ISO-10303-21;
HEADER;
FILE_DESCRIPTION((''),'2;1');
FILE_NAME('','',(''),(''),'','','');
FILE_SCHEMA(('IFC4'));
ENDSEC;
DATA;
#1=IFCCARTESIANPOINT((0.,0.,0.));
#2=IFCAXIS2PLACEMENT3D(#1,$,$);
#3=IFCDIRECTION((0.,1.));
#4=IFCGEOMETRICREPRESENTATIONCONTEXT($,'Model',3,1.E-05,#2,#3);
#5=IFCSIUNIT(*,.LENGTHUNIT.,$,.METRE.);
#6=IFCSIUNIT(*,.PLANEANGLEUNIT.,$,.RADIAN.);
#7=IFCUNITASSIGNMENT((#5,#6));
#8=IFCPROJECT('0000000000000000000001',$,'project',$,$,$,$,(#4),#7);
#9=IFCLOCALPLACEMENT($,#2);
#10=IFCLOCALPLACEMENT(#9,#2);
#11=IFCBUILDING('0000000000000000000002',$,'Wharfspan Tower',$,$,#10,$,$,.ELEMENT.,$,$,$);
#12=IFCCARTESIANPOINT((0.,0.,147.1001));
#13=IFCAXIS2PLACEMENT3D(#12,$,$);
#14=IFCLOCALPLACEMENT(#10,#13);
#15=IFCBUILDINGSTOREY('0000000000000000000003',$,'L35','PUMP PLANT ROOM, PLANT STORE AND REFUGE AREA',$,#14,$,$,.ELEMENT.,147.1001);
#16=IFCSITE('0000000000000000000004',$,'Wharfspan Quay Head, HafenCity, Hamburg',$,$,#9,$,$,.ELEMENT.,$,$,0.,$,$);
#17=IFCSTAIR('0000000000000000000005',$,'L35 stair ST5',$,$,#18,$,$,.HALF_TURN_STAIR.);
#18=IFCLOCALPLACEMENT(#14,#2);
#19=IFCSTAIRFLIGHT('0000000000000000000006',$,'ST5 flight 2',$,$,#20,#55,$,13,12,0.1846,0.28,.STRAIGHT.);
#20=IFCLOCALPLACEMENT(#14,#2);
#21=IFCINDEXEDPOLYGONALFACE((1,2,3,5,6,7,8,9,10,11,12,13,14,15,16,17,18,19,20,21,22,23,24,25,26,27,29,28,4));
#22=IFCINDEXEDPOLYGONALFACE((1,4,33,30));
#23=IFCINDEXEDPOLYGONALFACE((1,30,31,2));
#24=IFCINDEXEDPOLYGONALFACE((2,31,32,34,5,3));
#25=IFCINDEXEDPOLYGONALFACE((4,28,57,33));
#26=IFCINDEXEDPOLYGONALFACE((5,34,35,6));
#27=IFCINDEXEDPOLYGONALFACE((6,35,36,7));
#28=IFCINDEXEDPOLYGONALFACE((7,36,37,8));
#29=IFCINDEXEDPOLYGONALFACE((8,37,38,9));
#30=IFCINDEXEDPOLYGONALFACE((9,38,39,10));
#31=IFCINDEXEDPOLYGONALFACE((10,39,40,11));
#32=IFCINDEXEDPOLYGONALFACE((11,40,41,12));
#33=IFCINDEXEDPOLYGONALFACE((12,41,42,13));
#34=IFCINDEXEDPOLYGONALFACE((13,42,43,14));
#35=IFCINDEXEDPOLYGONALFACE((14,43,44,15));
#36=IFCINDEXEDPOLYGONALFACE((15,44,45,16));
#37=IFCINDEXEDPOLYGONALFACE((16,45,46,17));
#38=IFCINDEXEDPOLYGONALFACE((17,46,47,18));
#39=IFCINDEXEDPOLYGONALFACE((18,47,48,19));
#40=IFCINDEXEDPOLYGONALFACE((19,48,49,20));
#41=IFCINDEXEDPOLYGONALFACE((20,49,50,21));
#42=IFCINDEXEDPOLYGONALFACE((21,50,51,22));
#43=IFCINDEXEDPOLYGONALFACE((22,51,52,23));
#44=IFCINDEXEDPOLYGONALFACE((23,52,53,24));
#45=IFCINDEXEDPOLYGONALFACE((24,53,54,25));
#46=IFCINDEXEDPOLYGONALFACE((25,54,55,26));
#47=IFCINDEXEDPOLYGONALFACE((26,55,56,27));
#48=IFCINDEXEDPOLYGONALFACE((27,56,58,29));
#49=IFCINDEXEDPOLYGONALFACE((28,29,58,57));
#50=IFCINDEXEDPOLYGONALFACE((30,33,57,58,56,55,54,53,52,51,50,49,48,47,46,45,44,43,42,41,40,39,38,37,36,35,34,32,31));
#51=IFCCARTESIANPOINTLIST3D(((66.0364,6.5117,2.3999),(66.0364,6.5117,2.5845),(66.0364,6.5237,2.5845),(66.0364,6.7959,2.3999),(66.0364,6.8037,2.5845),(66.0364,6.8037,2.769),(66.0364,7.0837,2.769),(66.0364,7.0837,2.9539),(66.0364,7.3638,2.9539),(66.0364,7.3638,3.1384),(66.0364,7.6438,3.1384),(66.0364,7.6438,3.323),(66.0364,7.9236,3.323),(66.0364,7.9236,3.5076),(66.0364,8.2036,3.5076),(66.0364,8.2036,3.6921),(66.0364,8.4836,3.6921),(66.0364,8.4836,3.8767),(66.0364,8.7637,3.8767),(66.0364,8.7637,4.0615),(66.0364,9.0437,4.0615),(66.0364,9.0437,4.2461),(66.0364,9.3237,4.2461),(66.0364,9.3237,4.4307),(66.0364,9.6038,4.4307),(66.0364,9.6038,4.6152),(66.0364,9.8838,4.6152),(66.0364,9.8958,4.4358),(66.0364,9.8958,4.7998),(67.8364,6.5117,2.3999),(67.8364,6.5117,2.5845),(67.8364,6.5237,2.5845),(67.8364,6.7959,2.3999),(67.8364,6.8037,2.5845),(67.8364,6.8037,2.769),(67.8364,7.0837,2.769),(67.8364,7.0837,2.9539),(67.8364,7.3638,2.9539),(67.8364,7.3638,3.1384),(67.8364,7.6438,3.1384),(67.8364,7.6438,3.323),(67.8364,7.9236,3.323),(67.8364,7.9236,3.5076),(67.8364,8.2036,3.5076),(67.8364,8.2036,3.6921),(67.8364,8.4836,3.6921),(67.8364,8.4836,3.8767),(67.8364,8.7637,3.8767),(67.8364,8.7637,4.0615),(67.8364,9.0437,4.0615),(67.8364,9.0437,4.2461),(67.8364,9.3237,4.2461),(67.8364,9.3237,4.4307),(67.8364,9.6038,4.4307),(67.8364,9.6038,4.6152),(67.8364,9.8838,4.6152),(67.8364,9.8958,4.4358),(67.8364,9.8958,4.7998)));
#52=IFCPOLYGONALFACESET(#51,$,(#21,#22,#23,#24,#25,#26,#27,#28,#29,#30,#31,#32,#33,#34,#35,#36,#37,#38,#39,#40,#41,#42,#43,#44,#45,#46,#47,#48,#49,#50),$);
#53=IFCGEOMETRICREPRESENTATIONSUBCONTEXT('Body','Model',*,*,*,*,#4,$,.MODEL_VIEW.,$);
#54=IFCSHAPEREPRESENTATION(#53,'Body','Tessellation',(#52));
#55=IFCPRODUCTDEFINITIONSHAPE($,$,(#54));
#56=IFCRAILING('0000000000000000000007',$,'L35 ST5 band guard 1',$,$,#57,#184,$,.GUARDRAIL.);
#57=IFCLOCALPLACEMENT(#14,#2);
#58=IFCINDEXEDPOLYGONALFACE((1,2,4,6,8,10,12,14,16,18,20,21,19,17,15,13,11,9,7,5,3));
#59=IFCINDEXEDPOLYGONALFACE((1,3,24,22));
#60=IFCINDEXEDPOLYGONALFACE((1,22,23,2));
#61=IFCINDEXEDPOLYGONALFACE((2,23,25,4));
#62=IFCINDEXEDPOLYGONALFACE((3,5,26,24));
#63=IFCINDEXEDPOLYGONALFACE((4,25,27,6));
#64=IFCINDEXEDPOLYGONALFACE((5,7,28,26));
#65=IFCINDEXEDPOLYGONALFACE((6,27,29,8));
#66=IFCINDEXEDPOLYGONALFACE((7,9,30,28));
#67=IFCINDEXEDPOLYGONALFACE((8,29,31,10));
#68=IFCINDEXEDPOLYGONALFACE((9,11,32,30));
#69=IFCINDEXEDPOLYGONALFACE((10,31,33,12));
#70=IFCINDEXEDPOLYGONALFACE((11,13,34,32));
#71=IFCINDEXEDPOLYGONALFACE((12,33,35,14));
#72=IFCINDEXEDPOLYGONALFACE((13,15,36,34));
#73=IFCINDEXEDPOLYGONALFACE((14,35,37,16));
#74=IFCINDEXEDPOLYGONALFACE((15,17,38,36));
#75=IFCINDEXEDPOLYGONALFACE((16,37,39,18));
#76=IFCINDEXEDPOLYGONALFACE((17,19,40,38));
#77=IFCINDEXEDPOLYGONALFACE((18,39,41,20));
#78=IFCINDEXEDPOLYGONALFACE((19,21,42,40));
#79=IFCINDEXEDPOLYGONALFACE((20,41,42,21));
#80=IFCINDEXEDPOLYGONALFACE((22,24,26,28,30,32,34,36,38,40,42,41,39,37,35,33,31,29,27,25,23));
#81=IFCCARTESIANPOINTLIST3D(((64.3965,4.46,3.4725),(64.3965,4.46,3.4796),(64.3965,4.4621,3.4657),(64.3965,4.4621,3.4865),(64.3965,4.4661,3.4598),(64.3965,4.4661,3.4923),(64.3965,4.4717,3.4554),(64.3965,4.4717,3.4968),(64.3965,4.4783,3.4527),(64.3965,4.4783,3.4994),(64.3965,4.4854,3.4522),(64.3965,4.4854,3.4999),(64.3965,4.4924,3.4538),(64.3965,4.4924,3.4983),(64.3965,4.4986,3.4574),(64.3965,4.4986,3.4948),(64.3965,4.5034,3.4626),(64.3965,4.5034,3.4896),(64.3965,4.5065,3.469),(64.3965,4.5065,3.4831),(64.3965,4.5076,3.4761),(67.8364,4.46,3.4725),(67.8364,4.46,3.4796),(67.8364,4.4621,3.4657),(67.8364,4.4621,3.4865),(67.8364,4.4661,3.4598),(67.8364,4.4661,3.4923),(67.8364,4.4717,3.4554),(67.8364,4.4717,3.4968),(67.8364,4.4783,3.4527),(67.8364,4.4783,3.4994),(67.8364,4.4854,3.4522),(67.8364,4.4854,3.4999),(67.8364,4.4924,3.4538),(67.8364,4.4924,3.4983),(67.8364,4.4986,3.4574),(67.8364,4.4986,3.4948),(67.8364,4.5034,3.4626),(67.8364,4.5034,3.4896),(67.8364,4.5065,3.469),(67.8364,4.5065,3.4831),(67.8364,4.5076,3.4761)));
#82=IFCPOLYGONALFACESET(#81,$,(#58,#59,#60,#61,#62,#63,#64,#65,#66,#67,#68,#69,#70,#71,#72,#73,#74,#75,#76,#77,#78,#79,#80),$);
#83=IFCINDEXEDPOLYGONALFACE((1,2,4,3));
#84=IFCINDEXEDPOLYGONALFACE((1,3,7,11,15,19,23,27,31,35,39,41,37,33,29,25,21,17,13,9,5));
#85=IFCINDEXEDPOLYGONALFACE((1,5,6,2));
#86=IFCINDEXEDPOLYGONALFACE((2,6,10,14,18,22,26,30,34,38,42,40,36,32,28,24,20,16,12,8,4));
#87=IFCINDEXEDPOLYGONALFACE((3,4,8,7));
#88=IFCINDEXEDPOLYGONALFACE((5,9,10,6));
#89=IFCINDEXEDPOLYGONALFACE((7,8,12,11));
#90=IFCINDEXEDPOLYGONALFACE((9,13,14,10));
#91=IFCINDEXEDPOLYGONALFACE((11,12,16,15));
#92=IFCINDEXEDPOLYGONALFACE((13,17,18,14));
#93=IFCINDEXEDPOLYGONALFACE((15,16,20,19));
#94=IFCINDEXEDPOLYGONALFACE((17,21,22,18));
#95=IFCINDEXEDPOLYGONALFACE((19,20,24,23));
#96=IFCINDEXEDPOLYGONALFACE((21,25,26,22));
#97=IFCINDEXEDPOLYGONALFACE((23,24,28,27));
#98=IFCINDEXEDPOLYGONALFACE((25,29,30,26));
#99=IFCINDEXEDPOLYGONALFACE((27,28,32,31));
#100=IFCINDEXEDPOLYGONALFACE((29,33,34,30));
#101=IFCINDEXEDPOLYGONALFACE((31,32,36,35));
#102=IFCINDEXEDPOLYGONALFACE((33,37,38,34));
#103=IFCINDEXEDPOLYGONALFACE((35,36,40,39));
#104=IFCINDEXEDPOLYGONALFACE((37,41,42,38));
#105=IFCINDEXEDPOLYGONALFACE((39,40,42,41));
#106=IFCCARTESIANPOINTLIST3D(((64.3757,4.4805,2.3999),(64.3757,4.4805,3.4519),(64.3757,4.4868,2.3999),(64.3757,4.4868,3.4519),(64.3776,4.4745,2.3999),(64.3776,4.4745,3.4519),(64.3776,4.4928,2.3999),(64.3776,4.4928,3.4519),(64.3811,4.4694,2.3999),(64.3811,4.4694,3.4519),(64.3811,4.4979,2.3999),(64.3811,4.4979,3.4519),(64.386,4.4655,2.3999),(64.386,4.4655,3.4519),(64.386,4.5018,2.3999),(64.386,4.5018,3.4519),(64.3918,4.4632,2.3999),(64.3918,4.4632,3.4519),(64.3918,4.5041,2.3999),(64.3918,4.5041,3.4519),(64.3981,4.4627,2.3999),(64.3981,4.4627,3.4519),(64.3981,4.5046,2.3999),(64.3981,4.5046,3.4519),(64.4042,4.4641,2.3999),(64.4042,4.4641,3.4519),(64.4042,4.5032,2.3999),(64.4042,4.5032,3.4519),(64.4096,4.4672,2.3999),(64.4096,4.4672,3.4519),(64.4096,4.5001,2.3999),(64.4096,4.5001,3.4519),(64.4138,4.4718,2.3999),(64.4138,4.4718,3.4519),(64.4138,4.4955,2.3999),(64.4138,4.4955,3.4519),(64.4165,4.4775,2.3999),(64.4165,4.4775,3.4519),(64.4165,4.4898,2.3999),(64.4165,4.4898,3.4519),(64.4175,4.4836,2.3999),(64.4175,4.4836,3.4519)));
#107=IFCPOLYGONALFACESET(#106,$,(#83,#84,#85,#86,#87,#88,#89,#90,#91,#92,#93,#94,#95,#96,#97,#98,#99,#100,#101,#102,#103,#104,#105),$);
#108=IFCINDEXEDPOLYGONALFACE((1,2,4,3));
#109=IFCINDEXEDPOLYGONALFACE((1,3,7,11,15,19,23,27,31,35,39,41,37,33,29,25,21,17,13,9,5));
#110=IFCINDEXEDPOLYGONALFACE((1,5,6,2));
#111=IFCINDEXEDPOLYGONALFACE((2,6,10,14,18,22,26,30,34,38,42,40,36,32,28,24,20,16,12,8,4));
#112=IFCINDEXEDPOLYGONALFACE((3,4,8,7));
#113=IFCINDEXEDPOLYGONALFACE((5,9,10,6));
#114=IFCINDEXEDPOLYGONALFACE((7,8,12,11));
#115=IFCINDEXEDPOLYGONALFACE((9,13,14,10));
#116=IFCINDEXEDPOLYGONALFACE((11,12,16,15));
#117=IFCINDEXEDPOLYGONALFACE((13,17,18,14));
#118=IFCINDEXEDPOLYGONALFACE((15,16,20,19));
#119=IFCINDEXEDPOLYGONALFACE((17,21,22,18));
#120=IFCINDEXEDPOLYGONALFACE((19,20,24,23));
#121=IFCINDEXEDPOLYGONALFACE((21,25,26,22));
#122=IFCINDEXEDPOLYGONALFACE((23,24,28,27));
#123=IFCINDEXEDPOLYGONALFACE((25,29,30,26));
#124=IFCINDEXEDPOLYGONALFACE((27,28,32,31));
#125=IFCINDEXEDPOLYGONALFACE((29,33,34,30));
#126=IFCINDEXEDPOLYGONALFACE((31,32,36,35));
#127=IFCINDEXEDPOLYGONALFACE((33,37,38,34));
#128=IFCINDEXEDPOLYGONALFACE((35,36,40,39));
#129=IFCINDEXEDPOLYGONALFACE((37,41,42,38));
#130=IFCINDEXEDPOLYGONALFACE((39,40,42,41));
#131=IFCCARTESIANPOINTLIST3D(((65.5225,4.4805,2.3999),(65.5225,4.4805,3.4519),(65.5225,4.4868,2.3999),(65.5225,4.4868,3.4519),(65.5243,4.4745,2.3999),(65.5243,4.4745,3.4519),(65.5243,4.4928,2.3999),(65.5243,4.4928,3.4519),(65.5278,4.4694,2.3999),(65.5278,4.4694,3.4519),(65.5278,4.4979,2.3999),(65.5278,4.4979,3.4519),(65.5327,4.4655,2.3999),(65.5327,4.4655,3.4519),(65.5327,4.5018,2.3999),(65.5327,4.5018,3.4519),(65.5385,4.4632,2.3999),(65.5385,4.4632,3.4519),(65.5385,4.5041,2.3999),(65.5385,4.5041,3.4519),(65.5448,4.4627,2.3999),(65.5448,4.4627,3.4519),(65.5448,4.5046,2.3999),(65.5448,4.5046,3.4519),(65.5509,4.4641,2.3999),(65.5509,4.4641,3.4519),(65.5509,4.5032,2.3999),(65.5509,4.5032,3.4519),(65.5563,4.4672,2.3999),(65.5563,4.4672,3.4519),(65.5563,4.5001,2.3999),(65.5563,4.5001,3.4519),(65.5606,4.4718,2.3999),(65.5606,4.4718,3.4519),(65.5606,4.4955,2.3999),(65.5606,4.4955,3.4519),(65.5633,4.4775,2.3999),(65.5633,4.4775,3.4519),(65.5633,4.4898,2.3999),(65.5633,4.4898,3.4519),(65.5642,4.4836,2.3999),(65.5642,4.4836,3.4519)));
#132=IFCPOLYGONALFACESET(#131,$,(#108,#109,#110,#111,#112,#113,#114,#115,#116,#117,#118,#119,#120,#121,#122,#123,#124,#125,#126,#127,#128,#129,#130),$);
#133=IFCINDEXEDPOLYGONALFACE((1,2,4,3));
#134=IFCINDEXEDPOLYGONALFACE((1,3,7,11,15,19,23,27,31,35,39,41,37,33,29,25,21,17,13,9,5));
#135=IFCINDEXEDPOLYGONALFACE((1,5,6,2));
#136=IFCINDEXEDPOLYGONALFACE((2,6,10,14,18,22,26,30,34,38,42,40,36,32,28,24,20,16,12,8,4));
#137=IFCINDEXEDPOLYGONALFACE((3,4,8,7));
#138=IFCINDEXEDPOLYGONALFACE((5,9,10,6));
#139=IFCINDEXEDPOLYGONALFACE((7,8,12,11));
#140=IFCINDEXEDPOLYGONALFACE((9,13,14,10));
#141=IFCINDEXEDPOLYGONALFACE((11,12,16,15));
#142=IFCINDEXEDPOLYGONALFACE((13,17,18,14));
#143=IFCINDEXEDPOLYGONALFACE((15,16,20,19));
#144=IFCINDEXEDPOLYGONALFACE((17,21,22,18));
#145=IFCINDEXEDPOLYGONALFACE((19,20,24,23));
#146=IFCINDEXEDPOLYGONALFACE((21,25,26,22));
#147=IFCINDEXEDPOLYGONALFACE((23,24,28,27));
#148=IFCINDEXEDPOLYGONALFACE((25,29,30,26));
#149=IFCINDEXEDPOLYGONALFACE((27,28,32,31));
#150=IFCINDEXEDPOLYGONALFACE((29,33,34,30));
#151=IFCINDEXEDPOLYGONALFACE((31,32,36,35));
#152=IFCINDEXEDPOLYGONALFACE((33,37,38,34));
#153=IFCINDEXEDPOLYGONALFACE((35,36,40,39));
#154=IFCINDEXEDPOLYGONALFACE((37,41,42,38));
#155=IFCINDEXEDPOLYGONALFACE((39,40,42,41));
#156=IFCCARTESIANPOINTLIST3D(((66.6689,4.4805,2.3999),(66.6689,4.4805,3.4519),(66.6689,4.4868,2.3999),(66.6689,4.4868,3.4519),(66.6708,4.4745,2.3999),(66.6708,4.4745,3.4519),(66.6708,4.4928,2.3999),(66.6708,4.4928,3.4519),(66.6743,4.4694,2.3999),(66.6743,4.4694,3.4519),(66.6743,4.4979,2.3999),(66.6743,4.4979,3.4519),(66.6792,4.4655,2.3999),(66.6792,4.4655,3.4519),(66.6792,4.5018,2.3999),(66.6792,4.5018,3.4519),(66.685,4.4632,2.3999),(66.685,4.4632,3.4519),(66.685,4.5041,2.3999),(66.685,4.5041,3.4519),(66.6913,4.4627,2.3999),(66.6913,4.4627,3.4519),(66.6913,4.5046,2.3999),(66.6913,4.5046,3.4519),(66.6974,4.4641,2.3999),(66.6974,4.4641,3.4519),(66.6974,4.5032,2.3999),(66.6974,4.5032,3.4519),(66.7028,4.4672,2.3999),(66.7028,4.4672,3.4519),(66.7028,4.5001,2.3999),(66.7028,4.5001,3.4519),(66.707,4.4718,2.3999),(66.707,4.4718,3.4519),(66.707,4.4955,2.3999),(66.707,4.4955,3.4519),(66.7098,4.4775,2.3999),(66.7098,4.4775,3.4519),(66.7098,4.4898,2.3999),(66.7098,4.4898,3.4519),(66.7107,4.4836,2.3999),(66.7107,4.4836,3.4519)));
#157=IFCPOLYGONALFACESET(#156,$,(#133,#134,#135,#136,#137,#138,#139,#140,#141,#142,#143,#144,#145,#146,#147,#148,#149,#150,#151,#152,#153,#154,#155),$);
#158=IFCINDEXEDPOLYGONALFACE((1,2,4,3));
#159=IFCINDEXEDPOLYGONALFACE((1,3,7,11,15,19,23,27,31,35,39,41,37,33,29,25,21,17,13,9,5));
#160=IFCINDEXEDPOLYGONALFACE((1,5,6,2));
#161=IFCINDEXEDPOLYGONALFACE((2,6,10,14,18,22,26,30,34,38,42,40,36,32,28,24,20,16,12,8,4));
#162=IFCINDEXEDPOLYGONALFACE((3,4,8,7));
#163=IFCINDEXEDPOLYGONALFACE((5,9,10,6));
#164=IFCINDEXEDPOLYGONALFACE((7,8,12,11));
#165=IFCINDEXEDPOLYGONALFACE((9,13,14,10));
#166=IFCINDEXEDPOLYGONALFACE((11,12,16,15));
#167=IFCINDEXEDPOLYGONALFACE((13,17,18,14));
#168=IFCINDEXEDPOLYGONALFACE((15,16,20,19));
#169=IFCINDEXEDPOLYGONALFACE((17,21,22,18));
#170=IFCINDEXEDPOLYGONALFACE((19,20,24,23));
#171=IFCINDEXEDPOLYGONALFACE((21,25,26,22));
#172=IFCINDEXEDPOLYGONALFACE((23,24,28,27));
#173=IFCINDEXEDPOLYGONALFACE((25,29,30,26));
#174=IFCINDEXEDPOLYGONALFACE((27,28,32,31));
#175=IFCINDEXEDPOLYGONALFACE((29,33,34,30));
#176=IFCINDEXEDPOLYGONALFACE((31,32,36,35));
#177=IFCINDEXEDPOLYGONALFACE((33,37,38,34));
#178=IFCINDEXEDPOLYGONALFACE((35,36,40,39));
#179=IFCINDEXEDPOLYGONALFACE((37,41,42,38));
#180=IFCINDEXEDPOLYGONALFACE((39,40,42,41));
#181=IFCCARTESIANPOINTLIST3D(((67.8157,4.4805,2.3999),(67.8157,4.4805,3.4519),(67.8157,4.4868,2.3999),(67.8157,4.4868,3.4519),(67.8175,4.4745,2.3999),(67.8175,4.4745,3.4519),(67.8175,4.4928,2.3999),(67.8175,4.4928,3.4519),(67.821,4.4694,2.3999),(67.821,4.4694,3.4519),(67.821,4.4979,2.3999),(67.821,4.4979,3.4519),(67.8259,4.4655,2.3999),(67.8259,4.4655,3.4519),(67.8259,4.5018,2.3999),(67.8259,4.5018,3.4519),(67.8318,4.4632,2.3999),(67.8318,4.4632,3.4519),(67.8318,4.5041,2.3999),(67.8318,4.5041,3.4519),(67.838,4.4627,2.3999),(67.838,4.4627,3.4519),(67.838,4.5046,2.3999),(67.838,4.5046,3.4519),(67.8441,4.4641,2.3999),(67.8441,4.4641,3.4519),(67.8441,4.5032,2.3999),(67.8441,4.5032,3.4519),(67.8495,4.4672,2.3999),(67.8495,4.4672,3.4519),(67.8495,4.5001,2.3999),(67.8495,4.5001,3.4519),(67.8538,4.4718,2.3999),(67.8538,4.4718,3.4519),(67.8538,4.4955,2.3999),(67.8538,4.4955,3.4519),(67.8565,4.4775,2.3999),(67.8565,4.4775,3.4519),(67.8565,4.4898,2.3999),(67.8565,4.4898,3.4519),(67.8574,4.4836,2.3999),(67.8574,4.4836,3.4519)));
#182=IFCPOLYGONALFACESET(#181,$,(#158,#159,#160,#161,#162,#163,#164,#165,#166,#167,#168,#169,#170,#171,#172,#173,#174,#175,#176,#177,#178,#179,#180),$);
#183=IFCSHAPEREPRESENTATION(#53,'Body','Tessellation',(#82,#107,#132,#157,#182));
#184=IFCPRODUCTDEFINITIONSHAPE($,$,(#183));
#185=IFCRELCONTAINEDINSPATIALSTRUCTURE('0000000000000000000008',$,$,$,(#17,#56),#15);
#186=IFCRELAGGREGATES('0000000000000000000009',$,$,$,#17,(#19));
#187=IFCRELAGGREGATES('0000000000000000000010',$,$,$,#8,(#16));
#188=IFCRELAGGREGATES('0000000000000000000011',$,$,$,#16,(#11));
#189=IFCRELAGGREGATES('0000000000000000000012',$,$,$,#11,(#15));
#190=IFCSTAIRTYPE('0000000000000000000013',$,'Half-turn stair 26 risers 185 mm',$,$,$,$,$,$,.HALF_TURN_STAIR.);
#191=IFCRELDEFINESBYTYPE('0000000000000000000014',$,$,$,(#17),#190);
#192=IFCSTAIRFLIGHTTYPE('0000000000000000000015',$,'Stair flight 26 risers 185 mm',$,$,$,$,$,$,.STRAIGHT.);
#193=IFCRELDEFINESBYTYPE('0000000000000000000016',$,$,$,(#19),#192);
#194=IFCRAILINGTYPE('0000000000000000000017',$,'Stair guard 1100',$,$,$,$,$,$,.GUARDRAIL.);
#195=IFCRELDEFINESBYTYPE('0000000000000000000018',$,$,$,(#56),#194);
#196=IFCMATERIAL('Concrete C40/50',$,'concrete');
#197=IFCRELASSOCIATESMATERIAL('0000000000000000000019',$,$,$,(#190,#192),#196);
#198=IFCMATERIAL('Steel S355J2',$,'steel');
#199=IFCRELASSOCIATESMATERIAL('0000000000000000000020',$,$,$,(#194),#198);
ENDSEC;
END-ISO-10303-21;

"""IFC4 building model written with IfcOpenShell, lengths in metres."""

from ifc_helpers import new_model, si_unit, direction, frame, origin, origin_2d, place, context, subcontext, project, spatial, polyline, circle, outline, extrude, material, type_object, element, aggregate, save


model = new_model("IFC4")

# Units and contexts
model_context = context("Model", 3, precision=1e-05, world=origin(), true_north=direction((0.0, 1.0)))
body_context = subcontext(model_context, "Body", "Model", "MODEL_VIEW")
ifc_project = project(units=[si_unit("LENGTHUNIT", "METRE"), si_unit("PLANEANGLEUNIT", "RADIAN")], contexts=[model_context])

# Site, building, storey
site_placement = place(None, origin())
site = spatial("IfcSite", under=ifc_project, at=site_placement, Name="Wharfspan Quay Head, HafenCity, Hamburg", CompositionType="ELEMENT", RefElevation=0.0)
building_placement = place(site_placement, origin())
building = spatial("IfcBuilding", under=site, at=building_placement, Name="Wharfspan Tower", CompositionType="ELEMENT")
storey_placement = place(building_placement, frame((0.0, 0.0, 147.1001)))
storey = spatial("IfcBuildingStorey", under=building, at=storey_placement, Name="L35", Description="PUMP PLANT ROOM, PLANT STORE AND REFUGE AREA", CompositionType="ELEMENT", Elevation=147.1001)

# Shared definitions
ifc_material_1 = material(Name="Concrete C40/50", Category="concrete")

# Stair, stair flight
stair_type = type_object("IfcStairType", Name="Half-turn stair 26 risers 185 mm", PredefinedType="HALF_TURN_STAIR", material=ifc_material_1)
stair_placement = place(storey_placement, origin())
stair = element("IfcStair", 1, at=stair_placement, inside=storey, type_object=stair_type, Name="L35 stair ST5", PredefinedType="HALF_TURN_STAIR")
stair_flight_type = type_object("IfcStairFlightType", Name="Stair flight 26 risers 185 mm", PredefinedType="STRAIGHT", material=ifc_material_1)
stair_flight_placement = place(storey_placement, frame((66.9363, 6.5237, 2.3999), z_axis=(0.0, 0.0, 1.0), x_axis=(0.0, 1.0, 0.0)))
stair_flight = element("IfcStairFlight", 2, at=stair_flight_placement, type_object=stair_flight_type, Name="ST5 flight 2", NumberOfRisers=13, NumberOfTreads=12, PredefinedType="STRAIGHT", RiserHeight=0.1846, TreadLength=0.28, context=body_context, shape_type="SweptSolid", body=[
    extrude(outline(polyline([(-0.012, 0.0), (-0.012, 0.1846), (0.0, 0.1846), (0.28, 0.1846), (0.28, 0.3691), (0.5601, 0.3691), (0.5601, 0.554), (0.8401, 0.554), (0.8401, 0.7385), (1.1201, 0.7385), (1.1201, 0.9231), (1.3999, 0.9231), (1.3999, 1.1077), (1.6799, 1.1077), (1.6799, 1.2922), (1.96, 1.2922), (1.96, 1.4768), (2.24, 1.4768), (2.24, 1.6616), (2.52, 1.6616), (2.52, 1.8462), (2.8, 1.8462), (2.8, 2.0308), (3.0801, 2.0308), (3.0801, 2.2153), (3.3601, 2.2153), (3.3721, 2.3999), (3.3721, 2.0359), (0.2722, 0.0), (-0.012, 0.0)])), frame((0.0, 0.8999, 0.0), z_axis=(0.0, -1.0, 0.0), x_axis=(1.0, 0.0, 0.0)), (0.0, 0.0, 1.0), 1.8),
])
aggregate(stair, [stair_flight])

# Railing
ifc_material_2 = material(Name="Steel S355J2", Category="steel")
railing_type = type_object("IfcRailingType", Name="Stair guard 1100", PredefinedType="GUARDRAIL", material=ifc_material_2)
railing_placement = place(storey_placement, frame((64.3965, 4.4836, 2.3999)))
element("IfcRailing", 3, at=railing_placement, inside=storey, type_object=railing_type, Name="L35 ST5 band guard 1", PredefinedType="GUARDRAIL", context=body_context, shape_type="SweptSolid", body=[
    extrude(circle(Radius=0.0239, at=origin_2d()), frame((0.0, 0.0, 1.0762), z_axis=(1.0, 0.0, 0.0), x_axis=(0.0, 1.0, 0.0)), (0.0, 0.0, 1.0), 3.4399),
    extrude(circle(Radius=0.021, at=origin_2d()), origin(), (0.0, 0.0, 1.0), 1.052),
    extrude(circle(Radius=0.021, at=origin_2d()), frame((1.1467, 0.0, 0.0)), (0.0, 0.0, 1.0), 1.052),
    extrude(circle(Radius=0.021, at=origin_2d()), frame((2.2932, 0.0, 0.0)), (0.0, 0.0, 1.0), 1.052),
    extrude(circle(Radius=0.021, at=origin_2d()), frame((3.4399, 0.0, 0.0)), (0.0, 0.0, 1.0), 1.052),
])

save(model, "model.ifc")
